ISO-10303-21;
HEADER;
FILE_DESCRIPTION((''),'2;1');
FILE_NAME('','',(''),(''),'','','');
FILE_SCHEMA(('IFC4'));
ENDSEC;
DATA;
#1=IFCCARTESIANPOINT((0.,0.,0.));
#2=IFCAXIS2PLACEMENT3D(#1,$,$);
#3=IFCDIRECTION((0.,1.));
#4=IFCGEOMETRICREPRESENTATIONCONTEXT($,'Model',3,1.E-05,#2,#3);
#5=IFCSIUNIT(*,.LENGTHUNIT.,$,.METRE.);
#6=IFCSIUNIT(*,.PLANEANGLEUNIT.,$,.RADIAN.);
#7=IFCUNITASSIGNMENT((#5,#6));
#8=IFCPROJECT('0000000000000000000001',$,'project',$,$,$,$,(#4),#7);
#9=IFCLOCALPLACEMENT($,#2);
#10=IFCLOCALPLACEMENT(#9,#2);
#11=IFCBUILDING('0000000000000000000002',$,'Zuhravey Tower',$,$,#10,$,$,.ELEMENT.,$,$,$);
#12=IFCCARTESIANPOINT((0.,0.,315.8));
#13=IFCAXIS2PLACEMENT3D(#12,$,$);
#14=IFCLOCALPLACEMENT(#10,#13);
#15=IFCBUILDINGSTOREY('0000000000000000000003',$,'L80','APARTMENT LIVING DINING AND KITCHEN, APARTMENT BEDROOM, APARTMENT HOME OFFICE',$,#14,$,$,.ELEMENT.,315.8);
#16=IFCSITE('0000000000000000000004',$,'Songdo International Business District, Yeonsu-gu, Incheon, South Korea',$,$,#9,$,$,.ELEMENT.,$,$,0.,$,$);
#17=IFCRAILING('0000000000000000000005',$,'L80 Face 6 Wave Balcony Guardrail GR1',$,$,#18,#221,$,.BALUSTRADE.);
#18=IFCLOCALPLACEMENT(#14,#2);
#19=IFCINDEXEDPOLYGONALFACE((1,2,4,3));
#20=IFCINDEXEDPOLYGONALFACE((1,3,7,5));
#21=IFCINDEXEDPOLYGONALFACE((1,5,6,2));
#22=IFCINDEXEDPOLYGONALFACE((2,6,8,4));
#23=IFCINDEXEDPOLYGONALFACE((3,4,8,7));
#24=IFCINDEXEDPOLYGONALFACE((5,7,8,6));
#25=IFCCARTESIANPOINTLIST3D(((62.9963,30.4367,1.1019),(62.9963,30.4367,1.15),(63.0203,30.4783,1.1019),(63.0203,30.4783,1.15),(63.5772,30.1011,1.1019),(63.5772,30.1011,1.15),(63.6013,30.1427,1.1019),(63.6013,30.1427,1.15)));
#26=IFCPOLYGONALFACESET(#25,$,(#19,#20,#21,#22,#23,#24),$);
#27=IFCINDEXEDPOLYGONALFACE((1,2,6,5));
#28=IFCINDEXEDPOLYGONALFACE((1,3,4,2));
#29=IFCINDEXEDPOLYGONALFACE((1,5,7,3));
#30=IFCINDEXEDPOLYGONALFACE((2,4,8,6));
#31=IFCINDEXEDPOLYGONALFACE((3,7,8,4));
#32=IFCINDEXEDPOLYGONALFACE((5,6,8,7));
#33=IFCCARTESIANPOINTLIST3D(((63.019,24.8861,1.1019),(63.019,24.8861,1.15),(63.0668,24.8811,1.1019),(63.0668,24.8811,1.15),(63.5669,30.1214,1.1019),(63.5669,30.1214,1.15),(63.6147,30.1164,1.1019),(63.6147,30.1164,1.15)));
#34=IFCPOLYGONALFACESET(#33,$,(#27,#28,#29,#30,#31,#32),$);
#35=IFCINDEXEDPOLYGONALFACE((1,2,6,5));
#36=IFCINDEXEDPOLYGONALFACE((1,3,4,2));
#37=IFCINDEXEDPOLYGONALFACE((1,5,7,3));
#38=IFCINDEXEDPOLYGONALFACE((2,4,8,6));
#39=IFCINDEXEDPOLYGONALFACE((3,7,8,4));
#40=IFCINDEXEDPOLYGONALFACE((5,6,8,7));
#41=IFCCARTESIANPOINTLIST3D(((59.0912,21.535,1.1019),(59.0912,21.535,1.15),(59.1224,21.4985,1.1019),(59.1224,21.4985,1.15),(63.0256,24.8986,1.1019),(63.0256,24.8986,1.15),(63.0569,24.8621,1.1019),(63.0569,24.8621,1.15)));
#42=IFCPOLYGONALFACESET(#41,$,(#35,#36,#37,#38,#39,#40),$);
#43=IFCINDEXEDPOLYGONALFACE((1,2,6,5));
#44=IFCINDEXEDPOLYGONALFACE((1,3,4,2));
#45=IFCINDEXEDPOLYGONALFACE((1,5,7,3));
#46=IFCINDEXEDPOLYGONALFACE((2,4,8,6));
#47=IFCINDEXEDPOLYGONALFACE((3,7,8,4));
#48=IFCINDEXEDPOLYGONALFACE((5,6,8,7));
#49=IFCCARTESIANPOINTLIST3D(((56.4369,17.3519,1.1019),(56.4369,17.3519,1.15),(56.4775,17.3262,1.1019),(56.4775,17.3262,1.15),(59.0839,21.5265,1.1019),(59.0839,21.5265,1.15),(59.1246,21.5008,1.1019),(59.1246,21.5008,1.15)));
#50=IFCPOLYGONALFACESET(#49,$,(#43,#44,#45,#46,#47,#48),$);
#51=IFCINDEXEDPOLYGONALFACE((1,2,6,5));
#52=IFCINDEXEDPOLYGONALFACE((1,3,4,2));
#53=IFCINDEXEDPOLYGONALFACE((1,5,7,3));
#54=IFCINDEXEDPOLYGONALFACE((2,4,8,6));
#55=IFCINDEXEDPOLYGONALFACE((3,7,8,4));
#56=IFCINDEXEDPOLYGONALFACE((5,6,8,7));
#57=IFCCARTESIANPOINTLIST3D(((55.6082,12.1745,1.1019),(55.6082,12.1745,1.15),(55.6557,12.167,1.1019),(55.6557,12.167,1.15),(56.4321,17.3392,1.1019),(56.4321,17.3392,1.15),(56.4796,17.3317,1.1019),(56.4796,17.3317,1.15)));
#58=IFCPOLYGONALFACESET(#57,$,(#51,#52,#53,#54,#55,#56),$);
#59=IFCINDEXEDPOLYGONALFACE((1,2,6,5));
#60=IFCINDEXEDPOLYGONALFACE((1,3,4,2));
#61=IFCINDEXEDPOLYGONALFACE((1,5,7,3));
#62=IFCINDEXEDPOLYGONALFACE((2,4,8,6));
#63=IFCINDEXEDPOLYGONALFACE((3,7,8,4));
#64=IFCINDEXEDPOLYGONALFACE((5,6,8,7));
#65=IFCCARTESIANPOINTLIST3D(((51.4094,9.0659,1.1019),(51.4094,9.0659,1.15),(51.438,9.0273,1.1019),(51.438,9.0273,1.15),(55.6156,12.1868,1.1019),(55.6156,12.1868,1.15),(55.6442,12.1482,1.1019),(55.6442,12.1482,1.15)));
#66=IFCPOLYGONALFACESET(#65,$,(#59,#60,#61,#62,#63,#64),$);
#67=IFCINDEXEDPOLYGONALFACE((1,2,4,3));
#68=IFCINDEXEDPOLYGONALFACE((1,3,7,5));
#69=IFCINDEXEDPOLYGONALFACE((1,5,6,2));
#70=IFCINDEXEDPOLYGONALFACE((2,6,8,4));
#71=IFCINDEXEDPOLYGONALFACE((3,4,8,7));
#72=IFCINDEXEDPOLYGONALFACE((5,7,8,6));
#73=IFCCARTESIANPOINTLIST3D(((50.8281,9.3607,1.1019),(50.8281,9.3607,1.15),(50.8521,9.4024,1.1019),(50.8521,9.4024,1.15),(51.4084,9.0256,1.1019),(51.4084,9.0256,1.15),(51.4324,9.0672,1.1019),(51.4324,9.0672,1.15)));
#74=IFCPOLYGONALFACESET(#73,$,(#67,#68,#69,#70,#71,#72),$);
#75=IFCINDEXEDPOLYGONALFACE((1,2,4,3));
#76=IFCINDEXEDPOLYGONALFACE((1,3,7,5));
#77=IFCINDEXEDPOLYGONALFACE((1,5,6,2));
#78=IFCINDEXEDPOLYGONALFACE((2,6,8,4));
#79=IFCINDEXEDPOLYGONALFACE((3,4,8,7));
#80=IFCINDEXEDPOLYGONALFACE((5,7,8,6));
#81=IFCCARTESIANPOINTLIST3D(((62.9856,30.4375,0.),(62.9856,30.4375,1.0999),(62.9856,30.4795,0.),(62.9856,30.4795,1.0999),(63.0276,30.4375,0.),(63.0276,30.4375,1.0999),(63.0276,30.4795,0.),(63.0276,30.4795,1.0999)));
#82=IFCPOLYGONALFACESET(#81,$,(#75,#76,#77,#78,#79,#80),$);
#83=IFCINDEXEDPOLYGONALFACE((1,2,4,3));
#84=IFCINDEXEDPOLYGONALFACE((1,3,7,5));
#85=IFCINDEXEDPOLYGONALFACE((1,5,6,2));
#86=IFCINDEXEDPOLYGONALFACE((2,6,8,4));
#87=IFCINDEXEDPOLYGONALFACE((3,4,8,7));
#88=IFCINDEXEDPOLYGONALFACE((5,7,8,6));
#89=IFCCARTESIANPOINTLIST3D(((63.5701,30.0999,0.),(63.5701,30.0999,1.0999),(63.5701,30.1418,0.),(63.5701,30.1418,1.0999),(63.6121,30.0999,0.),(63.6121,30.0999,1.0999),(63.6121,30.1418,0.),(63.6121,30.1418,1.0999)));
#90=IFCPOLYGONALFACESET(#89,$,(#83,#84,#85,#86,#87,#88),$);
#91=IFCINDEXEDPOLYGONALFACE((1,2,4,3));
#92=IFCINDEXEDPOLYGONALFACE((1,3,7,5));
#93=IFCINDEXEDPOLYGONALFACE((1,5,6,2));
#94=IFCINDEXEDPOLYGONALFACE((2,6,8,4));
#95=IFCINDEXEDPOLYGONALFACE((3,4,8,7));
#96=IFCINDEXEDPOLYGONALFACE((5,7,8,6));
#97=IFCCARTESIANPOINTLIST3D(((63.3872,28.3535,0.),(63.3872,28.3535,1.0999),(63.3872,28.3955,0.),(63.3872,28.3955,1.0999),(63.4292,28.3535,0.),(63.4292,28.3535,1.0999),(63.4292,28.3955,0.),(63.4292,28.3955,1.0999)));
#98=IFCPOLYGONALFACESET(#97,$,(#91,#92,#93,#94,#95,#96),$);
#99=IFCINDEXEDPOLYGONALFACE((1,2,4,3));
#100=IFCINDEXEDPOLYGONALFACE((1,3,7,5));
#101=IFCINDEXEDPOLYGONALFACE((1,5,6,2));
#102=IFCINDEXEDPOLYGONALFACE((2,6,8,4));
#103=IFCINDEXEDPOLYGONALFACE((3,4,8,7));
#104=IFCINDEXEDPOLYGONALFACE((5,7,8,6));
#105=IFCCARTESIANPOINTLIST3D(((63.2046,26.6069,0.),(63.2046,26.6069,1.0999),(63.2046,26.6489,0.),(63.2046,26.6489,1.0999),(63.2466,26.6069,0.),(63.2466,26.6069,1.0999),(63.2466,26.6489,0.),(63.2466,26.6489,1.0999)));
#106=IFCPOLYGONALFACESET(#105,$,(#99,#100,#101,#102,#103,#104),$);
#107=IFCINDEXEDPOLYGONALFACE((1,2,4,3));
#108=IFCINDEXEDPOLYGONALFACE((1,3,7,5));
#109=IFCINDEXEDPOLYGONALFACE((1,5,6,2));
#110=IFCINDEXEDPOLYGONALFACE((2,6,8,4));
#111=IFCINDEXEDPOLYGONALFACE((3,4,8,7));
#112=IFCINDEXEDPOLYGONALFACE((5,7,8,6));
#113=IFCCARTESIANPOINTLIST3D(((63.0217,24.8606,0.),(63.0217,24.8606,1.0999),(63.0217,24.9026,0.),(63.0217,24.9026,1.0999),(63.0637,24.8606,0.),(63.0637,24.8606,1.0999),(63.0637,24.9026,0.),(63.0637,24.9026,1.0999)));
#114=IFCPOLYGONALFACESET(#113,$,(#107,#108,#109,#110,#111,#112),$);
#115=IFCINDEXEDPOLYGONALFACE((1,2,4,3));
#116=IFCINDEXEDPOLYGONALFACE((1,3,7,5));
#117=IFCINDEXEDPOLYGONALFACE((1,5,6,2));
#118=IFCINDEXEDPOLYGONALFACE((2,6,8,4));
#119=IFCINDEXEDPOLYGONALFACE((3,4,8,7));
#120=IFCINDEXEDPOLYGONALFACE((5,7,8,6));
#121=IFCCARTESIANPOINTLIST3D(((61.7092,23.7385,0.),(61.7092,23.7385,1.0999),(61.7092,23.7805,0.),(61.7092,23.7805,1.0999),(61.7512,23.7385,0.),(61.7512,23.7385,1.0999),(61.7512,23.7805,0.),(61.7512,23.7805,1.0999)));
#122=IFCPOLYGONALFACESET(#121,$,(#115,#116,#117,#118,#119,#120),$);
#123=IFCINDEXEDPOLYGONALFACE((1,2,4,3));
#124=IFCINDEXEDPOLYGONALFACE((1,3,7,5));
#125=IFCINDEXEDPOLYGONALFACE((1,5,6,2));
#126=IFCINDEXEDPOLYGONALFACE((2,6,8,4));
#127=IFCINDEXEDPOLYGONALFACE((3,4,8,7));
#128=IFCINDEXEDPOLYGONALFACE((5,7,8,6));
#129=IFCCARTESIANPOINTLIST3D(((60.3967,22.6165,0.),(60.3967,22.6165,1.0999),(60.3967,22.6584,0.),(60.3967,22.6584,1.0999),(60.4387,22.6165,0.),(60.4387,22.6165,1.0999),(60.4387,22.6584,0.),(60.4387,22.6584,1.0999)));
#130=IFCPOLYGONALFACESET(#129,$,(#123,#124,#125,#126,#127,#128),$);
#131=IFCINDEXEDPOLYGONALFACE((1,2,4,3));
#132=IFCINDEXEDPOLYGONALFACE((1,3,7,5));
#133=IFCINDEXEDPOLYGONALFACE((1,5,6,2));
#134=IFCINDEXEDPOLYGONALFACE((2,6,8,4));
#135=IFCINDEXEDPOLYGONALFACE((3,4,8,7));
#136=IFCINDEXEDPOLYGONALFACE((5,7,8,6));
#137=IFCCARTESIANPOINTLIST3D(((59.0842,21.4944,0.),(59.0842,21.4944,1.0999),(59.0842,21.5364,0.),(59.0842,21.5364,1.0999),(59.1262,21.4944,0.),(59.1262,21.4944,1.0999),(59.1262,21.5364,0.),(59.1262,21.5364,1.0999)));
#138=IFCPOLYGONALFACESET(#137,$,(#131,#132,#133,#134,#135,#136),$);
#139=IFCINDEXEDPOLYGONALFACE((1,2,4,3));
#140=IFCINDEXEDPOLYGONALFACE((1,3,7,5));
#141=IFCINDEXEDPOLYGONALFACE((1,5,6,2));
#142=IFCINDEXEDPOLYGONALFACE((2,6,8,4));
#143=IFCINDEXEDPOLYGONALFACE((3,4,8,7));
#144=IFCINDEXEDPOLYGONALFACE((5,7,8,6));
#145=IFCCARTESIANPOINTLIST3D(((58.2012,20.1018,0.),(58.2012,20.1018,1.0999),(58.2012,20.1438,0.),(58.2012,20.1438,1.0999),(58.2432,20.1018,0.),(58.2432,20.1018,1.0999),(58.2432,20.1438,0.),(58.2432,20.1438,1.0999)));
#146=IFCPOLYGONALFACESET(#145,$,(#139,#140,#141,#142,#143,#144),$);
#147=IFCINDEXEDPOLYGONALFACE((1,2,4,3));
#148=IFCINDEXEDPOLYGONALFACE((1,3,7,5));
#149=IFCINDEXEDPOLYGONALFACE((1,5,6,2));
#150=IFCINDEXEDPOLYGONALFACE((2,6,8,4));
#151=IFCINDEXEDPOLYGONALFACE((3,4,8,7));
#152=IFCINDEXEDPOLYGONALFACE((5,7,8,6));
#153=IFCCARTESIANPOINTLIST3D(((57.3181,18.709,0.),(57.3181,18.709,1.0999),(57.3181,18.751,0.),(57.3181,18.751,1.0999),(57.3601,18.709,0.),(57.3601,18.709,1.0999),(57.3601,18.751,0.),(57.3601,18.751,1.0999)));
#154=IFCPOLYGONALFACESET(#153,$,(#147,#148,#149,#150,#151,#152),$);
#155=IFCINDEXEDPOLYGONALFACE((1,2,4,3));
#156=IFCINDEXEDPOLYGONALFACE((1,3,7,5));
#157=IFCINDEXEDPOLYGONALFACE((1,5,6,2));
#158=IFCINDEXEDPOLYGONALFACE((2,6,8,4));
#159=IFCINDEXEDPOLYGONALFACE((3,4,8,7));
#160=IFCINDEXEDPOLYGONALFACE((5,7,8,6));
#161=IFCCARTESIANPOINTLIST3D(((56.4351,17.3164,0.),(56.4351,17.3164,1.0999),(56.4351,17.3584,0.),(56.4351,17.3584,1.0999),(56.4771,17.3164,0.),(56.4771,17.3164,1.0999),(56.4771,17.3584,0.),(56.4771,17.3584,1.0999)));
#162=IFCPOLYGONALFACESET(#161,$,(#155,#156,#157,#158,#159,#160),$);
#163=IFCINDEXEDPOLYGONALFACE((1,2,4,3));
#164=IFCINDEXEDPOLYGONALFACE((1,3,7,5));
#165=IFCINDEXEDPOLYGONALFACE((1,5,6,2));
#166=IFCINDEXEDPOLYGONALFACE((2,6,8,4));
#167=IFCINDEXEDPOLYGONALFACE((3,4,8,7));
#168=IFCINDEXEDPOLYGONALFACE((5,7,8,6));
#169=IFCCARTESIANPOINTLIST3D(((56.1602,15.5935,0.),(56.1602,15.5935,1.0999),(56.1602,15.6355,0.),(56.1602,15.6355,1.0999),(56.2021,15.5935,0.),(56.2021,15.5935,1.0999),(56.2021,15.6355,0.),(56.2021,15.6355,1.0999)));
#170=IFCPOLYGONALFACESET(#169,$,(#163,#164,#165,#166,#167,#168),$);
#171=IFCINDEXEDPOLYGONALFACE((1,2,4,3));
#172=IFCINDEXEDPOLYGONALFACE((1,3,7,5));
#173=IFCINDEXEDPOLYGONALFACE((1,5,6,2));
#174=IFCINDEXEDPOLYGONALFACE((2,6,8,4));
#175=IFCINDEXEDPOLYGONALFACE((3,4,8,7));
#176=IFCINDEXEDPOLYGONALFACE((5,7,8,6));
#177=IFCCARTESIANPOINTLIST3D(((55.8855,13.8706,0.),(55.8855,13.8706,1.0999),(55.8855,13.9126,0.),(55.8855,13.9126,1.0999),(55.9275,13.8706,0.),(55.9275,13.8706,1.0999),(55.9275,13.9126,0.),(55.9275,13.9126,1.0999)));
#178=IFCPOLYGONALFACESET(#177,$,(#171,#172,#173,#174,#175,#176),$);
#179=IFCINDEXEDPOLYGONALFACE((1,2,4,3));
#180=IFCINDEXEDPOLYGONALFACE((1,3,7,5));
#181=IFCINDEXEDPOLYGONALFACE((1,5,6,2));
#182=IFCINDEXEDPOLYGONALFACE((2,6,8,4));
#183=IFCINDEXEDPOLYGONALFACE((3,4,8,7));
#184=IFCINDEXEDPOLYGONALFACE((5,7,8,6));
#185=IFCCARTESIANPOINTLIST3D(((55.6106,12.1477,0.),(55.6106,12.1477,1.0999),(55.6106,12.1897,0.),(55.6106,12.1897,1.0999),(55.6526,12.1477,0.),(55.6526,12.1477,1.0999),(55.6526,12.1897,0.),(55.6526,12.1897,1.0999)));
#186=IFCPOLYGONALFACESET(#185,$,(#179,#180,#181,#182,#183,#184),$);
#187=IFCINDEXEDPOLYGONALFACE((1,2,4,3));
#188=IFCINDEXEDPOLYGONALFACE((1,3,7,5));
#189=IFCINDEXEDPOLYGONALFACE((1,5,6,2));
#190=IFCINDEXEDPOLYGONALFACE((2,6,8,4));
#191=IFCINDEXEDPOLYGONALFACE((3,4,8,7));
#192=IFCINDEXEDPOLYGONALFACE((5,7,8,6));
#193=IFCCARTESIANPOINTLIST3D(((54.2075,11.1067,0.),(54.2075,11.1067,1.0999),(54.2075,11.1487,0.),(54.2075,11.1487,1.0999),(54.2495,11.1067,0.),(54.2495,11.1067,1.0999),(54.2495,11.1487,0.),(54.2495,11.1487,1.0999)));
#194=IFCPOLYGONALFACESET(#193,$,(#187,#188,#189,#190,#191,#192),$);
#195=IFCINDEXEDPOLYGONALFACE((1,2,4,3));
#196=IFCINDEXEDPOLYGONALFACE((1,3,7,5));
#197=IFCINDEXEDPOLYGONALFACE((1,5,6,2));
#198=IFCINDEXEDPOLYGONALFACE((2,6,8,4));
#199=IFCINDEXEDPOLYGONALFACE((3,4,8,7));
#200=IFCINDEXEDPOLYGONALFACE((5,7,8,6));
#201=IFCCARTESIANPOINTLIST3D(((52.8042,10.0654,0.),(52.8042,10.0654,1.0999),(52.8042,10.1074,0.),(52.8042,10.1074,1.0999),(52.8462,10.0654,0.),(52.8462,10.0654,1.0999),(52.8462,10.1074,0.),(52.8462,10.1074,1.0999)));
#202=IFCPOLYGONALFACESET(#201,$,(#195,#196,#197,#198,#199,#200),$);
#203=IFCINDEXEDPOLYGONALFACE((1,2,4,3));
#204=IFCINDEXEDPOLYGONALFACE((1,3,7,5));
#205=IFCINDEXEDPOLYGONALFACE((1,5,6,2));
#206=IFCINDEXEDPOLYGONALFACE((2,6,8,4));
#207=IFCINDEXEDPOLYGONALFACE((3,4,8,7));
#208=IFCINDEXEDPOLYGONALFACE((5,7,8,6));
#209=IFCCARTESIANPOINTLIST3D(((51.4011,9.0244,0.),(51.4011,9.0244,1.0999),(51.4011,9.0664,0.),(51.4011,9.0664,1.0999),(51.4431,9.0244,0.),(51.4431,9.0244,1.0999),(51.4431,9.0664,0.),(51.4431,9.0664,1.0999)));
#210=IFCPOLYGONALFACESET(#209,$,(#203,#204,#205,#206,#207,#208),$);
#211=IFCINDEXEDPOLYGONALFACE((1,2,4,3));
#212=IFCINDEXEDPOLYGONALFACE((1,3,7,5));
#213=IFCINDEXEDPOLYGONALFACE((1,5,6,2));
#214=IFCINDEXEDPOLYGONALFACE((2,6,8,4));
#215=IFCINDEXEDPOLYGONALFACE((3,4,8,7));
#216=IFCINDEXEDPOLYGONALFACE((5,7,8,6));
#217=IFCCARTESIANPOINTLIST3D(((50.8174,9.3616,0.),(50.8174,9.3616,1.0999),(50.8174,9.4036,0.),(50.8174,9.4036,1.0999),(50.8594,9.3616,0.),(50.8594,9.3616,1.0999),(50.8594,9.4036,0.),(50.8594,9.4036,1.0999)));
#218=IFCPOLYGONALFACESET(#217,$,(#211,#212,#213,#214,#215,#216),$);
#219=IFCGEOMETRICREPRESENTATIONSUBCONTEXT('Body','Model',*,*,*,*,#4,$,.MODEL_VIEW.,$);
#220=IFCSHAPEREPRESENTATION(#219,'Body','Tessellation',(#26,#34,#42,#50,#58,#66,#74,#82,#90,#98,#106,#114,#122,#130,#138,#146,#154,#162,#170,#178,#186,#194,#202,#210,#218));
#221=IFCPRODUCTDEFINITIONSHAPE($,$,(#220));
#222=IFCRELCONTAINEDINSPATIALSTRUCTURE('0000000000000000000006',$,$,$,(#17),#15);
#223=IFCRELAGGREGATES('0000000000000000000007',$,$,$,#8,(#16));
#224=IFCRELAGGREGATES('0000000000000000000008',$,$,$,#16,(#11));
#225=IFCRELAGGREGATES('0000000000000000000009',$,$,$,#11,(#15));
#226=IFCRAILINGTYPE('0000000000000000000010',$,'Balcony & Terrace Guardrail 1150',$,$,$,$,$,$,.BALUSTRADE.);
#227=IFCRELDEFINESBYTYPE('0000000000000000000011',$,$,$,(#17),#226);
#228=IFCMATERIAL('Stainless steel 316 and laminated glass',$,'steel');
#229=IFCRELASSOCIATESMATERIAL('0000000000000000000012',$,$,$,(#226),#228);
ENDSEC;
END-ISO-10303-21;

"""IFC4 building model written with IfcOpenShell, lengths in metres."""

from ifc_helpers import new_model, si_unit, direction, frame, origin, origin_2d, place, context, subcontext, project, spatial, rectangle, extrude, material, type_object, element, save


model = new_model("IFC4")

# Units and contexts
model_context = context("Model", 3, precision=1e-05, world=origin(), true_north=direction((0.0, 1.0)))
body_context = subcontext(model_context, "Body", "Model", "MODEL_VIEW")
ifc_project = project(units=[si_unit("LENGTHUNIT", "METRE"), si_unit("PLANEANGLEUNIT", "RADIAN")], contexts=[model_context])

# Site, building, storey
site_placement = place(None, origin())
site = spatial("IfcSite", under=ifc_project, at=site_placement, Name="Songdo International Business District, Yeonsu-gu, Incheon, South Korea", CompositionType="ELEMENT", RefElevation=0.0)
building_placement = place(site_placement, origin())
building = spatial("IfcBuilding", under=site, at=building_placement, Name="Zuhravey Tower", CompositionType="ELEMENT")
storey_placement = place(building_placement, frame((0.0, 0.0, 315.8)))
storey = spatial("IfcBuildingStorey", under=building, at=storey_placement, Name="L80", Description="APARTMENT LIVING DINING AND KITCHEN, APARTMENT BEDROOM, APARTMENT HOME OFFICE", CompositionType="ELEMENT", Elevation=315.8)

# Railing
ifc_material_1 = material(Name="Stainless steel 316 and laminated glass", Category="steel")
railing_type = type_object("IfcRailingType", Name="Balcony & Terrace Guardrail 1150", PredefinedType="BALUSTRADE", material=ifc_material_1)
railing_placement = place(storey_placement, frame((63.0066, 30.4585, 0.0)))
element("IfcRailing", 1, at=railing_placement, inside=storey, type_object=railing_type, Name="L80 Face 6 Wave Balcony Guardrail GR1", PredefinedType="BALUSTRADE", context=body_context, shape_type="SweptSolid", body=[
    extrude(rectangle(XDim=0.0481, YDim=0.0481, at=origin_2d()), frame((0.0017, -0.001, 1.126), z_axis=(0.865896, -0.500223, 0.0), x_axis=(0.500223, 0.865896, 0.0)), (0.0, 0.0, 1.0), 0.6709),
    extrude(rectangle(XDim=0.0481, YDim=0.0481, at=origin_2d()), frame((0.5842, -0.3396, 1.126), z_axis=(-0.104091, -0.994568, 0.0), x_axis=(0.994568, -0.104091, 0.0)), (0.0, 0.0, 1.0), 5.2639),
    extrude(rectangle(XDim=0.0481, YDim=0.0481, at=origin_2d()), frame((0.0347, -5.5781, 1.126), z_axis=(-0.760094, -0.649813, 0.0), x_axis=(0.649813, -0.760094, 0.0)), (0.0, 0.0, 1.0), 5.1763),
    extrude(rectangle(XDim=0.0481, YDim=0.0481, at=origin_2d()), frame((-3.9023, -8.9448, 1.126), z_axis=(-0.535502, -0.844534, 0.0), x_axis=(0.844534, -0.535502, 0.0)), (0.0, 0.0, 1.0), 4.9431),
    extrude(rectangle(XDim=0.0481, YDim=0.0481, at=origin_2d()), frame((-6.5508, -13.123, 1.126), z_axis=(-0.157519, -0.987516, 0.0), x_axis=(0.987516, -0.157519, 0.0)), (0.0, 0.0, 1.0), 5.23),
    extrude(rectangle(XDim=0.0481, YDim=0.0481, at=origin_2d()), frame((-7.3767, -18.291, 1.126), z_axis=(-0.803086, -0.595863, 0.0), x_axis=(0.595863, -0.803086, 0.0)), (0.0, 0.0, 1.0), 5.2375),
    extrude(rectangle(XDim=0.0481, YDim=0.0481, at=origin_2d()), frame((-11.5862, -21.4121, 1.126), z_axis=(-0.865938, 0.500151, 0.0), x_axis=(-0.500151, -0.865938, 0.0)), (0.0, 0.0, 1.0), 0.6702),
    extrude(rectangle(XDim=0.042, YDim=0.042, at=origin_2d()), origin(), (0.0, 0.0, 1.0), 1.0999),
    extrude(rectangle(XDim=0.042, YDim=0.042, at=origin_2d()), frame((0.5845, -0.3376, 0.0)), (0.0, 0.0, 1.0), 1.0999),
    extrude(rectangle(XDim=0.042, YDim=0.042, at=origin_2d()), frame((0.4016, -2.084, 0.0)), (0.0, 0.0, 1.0), 1.0999),
    extrude(rectangle(XDim=0.042, YDim=0.042, at=origin_2d()), frame((0.219, -3.8306, 0.0)), (0.0, 0.0, 1.0), 1.0999),
    extrude(rectangle(XDim=0.042, YDim=0.042, at=origin_2d()), frame((0.0361, -5.5769, 0.0)), (0.0, 0.0, 1.0), 1.0999),
    extrude(rectangle(XDim=0.042, YDim=0.042, at=origin_2d()), frame((-1.2764, -6.699, 0.0)), (0.0, 0.0, 1.0), 1.0999),
    extrude(rectangle(XDim=0.042, YDim=0.042, at=origin_2d()), frame((-2.5889, -7.821, 0.0)), (0.0, 0.0, 1.0), 1.0999),
    extrude(rectangle(XDim=0.042, YDim=0.042, at=origin_2d()), frame((-3.9014, -8.9431, 0.0)), (0.0, 0.0, 1.0), 1.0999),
    extrude(rectangle(XDim=0.042, YDim=0.042, at=origin_2d()), frame((-4.7844, -10.3357, 0.0)), (0.0, 0.0, 1.0), 1.0999),
    extrude(rectangle(XDim=0.042, YDim=0.042, at=origin_2d()), frame((-5.6675, -11.7285, 0.0)), (0.0, 0.0, 1.0), 1.0999),
    extrude(rectangle(XDim=0.042, YDim=0.042, at=origin_2d()), frame((-6.5505, -13.1211, 0.0)), (0.0, 0.0, 1.0), 1.0999),
    extrude(rectangle(XDim=0.042, YDim=0.042, at=origin_2d()), frame((-6.8254, -14.844, 0.0)), (0.0, 0.0, 1.0), 1.0999),
    extrude(rectangle(XDim=0.042, YDim=0.042, at=origin_2d()), frame((-7.1001, -16.5669, 0.0)), (0.0, 0.0, 1.0), 1.0999),
    extrude(rectangle(XDim=0.042, YDim=0.042, at=origin_2d()), frame((-7.375, -18.2898, 0.0)), (0.0, 0.0, 1.0), 1.0999),
    extrude(rectangle(XDim=0.042, YDim=0.042, at=origin_2d()), frame((-8.7781, -19.3308, 0.0)), (0.0, 0.0, 1.0), 1.0999),
    extrude(rectangle(XDim=0.042, YDim=0.042, at=origin_2d()), frame((-10.1814, -20.3721, 0.0)), (0.0, 0.0, 1.0), 1.0999),
    extrude(rectangle(XDim=0.042, YDim=0.042, at=origin_2d()), frame((-11.5845, -21.4131, 0.0)), (0.0, 0.0, 1.0), 1.0999),
    extrude(rectangle(XDim=0.042, YDim=0.042, at=origin_2d()), frame((-12.1682, -21.0759, 0.0)), (0.0, 0.0, 1.0), 1.0999),
])

save(model, "model.ifc")
